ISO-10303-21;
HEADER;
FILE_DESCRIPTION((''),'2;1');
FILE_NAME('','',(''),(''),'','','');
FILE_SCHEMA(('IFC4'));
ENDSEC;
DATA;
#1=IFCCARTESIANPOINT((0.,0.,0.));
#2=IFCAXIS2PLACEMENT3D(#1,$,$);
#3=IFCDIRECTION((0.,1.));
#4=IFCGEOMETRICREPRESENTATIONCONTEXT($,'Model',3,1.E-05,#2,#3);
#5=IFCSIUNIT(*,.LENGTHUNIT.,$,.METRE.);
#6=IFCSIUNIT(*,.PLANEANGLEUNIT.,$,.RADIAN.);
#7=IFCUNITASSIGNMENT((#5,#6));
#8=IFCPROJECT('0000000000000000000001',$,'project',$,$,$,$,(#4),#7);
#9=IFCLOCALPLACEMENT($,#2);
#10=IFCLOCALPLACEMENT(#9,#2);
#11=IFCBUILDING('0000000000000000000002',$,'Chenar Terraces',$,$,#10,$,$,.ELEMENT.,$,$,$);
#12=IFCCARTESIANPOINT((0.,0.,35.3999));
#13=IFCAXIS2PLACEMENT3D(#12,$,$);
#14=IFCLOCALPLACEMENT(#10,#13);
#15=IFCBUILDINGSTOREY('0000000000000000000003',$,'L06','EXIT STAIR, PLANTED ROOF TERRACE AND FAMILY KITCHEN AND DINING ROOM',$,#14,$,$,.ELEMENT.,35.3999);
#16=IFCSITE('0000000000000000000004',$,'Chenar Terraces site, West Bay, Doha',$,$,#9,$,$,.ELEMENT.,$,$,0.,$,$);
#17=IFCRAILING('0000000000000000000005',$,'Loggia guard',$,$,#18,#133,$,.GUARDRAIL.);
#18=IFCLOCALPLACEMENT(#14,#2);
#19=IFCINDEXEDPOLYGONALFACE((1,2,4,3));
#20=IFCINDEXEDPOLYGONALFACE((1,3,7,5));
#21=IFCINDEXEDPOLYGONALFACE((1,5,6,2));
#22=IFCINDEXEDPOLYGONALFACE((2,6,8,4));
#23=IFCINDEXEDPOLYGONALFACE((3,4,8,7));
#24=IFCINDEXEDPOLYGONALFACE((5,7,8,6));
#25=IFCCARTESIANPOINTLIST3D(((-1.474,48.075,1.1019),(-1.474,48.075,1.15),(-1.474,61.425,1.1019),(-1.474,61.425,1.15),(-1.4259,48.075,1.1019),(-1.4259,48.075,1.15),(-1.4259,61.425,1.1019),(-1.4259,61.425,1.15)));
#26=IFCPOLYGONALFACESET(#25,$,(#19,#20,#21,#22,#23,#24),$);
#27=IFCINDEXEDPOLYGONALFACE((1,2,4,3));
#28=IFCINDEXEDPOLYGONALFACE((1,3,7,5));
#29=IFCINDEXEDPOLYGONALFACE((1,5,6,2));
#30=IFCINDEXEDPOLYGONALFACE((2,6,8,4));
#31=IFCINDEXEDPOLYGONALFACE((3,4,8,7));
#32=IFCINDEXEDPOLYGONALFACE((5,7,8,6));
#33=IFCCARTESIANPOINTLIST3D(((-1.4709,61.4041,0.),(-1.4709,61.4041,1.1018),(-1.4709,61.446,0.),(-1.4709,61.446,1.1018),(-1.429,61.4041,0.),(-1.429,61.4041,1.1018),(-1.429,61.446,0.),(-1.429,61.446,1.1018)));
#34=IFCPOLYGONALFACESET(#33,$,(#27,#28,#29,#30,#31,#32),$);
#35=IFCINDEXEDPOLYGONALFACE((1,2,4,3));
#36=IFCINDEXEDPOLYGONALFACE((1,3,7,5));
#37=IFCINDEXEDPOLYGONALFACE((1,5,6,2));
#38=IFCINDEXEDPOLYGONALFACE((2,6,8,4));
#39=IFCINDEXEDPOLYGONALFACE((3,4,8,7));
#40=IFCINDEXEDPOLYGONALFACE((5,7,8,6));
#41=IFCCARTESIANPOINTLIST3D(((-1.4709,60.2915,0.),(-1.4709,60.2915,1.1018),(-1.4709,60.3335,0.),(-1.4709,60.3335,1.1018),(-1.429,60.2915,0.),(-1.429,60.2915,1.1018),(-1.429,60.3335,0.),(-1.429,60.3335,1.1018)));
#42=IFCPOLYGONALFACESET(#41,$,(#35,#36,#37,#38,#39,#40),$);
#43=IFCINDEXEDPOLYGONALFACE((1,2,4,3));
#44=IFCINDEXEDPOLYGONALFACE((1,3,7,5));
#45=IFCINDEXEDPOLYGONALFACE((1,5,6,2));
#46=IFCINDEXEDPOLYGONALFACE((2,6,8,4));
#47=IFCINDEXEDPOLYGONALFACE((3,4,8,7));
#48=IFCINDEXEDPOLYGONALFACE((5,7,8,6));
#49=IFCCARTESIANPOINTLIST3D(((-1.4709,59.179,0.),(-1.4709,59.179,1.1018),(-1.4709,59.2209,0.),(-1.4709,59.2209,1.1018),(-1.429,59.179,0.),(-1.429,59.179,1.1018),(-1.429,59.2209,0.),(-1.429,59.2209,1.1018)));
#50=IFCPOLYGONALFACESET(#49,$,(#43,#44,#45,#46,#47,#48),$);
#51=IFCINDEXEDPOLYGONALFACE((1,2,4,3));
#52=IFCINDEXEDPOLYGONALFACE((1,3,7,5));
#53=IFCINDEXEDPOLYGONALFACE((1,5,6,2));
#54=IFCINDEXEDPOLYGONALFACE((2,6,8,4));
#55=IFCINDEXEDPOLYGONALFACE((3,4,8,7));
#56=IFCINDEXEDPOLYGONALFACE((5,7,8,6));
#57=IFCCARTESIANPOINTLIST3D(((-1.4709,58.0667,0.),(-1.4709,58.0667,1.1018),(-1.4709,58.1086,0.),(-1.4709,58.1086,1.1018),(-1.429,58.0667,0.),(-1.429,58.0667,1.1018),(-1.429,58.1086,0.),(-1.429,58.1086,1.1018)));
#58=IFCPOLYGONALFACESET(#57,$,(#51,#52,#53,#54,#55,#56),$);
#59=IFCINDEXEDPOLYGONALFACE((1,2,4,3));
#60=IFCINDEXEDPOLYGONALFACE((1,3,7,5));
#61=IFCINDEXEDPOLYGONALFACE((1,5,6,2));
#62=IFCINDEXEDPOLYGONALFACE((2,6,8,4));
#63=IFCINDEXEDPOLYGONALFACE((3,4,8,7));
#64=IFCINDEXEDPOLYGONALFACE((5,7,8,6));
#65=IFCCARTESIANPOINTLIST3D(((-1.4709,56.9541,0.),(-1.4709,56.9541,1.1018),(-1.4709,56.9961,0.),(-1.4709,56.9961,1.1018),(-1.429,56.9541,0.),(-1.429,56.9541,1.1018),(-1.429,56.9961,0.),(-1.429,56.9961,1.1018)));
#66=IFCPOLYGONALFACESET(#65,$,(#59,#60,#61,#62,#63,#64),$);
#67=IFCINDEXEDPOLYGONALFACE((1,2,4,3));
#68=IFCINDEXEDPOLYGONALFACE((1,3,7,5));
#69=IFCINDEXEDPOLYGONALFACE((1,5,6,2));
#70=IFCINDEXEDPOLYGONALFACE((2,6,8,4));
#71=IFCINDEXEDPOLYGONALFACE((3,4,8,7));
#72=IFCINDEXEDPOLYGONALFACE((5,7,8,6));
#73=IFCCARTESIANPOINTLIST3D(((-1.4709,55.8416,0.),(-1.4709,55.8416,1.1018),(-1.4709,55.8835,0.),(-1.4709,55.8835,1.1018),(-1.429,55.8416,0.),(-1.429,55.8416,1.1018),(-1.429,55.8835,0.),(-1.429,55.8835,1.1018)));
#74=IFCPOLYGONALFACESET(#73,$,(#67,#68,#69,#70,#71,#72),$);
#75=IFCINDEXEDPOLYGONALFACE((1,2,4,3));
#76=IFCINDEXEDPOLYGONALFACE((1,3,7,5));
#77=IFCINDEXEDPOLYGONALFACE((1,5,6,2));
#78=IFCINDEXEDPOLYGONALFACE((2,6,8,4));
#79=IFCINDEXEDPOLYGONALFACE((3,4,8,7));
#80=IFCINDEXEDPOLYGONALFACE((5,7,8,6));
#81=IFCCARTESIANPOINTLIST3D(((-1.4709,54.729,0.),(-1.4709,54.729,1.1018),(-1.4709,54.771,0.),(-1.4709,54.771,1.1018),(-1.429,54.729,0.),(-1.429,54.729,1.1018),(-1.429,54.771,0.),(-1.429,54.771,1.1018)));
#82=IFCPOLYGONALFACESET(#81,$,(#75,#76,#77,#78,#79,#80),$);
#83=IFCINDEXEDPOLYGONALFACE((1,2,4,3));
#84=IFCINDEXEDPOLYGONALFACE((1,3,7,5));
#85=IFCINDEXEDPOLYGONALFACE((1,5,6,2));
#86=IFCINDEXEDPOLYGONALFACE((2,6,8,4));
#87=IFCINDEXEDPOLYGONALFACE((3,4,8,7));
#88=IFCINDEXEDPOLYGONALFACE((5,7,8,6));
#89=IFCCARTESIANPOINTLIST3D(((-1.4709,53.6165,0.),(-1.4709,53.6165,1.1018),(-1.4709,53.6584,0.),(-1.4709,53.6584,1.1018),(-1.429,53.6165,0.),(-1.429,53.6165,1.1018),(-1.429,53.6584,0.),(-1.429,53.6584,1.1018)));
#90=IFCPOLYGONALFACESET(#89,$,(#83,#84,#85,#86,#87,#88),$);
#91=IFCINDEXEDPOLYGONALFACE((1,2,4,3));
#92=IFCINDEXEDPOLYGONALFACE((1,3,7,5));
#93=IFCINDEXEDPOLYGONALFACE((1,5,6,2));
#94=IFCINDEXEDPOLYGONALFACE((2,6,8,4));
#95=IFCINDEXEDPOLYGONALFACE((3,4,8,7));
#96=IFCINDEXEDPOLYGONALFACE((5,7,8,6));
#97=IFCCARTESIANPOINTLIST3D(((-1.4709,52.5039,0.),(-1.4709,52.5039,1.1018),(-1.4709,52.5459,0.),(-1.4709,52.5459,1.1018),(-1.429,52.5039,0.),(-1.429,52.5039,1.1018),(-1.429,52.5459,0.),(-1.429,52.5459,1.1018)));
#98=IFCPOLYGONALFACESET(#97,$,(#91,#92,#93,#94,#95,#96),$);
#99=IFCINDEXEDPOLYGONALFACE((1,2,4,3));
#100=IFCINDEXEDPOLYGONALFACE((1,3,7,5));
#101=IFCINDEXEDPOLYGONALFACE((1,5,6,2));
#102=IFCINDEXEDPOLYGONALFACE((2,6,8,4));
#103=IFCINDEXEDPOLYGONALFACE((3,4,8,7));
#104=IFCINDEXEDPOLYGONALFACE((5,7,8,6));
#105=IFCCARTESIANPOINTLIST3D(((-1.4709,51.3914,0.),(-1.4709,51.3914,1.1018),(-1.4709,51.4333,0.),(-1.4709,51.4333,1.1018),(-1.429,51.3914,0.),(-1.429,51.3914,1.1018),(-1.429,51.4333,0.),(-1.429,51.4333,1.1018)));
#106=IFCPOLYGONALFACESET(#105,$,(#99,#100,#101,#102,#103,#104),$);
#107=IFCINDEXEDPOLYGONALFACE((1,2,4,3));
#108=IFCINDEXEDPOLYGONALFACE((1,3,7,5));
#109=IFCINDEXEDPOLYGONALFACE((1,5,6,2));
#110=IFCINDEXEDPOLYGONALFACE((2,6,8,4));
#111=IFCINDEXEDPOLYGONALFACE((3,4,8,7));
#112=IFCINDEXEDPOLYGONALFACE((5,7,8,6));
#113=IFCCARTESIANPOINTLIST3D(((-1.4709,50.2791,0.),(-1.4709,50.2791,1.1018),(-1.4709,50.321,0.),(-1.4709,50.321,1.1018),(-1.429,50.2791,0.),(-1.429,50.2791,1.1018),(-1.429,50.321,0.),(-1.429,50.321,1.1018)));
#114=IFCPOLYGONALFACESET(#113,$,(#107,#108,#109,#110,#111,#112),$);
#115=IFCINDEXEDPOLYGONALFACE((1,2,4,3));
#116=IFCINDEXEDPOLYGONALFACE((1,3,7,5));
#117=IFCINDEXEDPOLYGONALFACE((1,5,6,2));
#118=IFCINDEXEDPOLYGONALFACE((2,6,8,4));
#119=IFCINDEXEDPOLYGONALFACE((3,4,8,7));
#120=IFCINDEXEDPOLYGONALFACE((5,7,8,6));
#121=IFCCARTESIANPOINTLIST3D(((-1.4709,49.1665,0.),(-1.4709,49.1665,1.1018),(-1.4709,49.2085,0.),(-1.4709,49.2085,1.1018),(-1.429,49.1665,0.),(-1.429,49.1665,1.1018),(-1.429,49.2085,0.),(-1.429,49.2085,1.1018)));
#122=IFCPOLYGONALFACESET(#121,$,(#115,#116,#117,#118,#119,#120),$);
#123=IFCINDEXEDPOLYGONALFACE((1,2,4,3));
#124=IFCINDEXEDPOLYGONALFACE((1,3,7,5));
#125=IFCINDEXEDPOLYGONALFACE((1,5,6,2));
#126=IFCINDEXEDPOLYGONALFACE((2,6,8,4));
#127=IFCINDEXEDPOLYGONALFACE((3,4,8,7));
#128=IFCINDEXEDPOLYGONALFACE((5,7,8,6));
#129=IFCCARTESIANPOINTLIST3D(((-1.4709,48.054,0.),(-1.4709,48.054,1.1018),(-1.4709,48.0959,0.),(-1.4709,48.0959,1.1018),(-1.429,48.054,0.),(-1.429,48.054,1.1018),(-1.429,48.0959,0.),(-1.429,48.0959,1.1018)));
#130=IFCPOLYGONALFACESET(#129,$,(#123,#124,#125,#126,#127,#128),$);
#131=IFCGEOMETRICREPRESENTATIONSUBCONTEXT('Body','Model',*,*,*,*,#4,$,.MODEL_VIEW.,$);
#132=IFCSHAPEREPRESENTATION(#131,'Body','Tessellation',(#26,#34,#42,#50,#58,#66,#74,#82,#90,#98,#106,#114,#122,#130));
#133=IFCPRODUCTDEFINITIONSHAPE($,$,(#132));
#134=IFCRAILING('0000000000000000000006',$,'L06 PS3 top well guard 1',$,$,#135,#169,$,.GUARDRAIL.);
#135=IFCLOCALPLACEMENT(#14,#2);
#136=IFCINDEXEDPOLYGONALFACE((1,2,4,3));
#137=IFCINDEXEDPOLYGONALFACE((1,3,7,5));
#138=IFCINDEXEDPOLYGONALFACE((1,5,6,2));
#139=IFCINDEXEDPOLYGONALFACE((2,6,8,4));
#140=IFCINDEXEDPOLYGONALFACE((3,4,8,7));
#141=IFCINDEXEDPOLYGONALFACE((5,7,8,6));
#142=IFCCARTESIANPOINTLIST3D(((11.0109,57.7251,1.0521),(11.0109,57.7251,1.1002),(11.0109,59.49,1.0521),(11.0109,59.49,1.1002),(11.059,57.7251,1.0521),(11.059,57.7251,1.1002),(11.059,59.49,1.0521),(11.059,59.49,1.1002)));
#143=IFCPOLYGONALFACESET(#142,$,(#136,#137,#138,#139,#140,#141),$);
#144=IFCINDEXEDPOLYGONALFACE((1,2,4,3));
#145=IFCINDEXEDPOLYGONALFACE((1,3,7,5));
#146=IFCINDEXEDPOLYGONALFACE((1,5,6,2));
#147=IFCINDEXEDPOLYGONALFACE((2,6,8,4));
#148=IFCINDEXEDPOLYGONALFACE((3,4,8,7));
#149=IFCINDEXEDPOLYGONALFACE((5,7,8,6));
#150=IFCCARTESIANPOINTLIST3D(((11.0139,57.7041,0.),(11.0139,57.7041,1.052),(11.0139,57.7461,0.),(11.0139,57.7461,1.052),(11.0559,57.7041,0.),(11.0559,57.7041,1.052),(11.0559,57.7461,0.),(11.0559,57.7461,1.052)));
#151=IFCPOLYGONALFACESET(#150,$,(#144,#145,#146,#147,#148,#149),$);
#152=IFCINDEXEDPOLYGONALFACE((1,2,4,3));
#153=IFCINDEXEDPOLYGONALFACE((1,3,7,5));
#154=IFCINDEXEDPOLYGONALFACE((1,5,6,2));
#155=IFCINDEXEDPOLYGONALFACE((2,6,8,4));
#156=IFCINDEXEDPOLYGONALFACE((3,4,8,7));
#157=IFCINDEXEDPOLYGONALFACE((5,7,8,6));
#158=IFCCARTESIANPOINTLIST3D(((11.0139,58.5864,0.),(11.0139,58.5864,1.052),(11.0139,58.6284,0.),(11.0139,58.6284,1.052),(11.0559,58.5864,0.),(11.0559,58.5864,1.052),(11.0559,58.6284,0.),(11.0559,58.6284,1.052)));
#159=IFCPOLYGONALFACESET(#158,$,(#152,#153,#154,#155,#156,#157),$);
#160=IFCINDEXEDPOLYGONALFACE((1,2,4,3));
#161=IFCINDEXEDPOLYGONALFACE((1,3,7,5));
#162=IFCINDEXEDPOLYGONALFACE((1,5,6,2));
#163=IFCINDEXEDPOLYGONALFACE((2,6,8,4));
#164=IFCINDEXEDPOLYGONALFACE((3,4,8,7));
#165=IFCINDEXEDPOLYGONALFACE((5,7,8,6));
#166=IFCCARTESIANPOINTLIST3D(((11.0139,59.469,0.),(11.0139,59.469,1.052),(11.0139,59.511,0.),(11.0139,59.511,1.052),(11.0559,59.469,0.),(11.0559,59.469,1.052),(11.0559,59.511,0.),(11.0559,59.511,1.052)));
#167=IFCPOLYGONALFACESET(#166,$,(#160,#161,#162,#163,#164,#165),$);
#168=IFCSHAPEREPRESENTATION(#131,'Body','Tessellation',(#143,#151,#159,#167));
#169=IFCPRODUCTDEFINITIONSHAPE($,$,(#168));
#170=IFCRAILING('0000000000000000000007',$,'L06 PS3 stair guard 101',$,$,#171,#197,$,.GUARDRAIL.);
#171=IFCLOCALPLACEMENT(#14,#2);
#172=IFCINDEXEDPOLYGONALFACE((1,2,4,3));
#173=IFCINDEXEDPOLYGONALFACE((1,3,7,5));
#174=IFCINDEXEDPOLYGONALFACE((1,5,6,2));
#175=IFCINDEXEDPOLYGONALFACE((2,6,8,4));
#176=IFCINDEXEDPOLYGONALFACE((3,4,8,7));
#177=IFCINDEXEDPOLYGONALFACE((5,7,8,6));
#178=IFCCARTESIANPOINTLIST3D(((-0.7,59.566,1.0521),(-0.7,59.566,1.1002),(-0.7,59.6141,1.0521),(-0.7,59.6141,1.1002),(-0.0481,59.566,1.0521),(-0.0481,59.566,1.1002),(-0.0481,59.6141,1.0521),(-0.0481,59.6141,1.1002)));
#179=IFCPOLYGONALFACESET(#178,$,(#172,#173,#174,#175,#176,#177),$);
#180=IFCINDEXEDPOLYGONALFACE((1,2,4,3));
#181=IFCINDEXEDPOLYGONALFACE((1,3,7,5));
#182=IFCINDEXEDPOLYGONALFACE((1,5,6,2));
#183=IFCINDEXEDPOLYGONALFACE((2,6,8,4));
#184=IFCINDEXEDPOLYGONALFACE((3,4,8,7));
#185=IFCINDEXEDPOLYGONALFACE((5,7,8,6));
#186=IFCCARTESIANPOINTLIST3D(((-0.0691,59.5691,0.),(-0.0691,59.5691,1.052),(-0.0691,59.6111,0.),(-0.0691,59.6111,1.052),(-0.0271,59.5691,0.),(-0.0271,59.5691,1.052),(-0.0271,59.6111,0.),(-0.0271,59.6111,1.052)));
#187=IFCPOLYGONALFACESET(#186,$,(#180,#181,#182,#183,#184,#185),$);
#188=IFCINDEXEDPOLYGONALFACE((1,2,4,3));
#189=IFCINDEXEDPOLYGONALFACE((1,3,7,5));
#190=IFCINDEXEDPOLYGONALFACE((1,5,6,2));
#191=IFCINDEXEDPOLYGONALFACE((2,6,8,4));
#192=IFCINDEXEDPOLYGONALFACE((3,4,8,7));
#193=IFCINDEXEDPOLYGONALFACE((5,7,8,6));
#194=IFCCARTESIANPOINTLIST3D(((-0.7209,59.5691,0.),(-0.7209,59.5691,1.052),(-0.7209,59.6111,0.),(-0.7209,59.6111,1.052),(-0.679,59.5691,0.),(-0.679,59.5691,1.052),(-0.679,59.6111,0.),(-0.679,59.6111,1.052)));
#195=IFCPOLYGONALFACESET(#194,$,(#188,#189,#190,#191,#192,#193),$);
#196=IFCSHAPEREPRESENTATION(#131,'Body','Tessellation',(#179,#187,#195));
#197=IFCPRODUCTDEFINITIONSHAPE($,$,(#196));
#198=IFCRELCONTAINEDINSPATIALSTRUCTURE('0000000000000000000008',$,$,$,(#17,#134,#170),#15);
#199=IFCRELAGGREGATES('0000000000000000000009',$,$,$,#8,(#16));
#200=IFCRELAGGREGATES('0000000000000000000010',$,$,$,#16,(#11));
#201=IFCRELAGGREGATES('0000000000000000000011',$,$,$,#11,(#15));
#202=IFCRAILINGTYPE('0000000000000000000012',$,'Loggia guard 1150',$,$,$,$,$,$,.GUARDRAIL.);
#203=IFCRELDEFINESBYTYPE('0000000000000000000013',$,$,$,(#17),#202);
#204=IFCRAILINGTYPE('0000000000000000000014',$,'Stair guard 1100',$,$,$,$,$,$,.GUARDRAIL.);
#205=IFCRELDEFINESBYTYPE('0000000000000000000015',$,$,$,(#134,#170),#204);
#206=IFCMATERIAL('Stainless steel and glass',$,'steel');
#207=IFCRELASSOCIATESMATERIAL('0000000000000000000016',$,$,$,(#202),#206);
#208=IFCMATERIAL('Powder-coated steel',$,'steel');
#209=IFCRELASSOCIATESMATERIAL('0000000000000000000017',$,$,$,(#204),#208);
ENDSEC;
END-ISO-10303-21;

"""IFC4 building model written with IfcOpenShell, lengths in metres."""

from ifc_helpers import new_model, si_unit, direction, frame, origin, origin_2d, place, context, subcontext, project, spatial, rectangle, extrude, material, type_object, element, save


model = new_model("IFC4")

# Units and contexts
model_context = context("Model", 3, precision=1e-05, world=origin(), true_north=direction((0.0, 1.0)))
body_context = subcontext(model_context, "Body", "Model", "MODEL_VIEW")
ifc_project = project(units=[si_unit("LENGTHUNIT", "METRE"), si_unit("PLANEANGLEUNIT", "RADIAN")], contexts=[model_context])

# Site, building, storey
site_placement = place(None, origin())
site = spatial("IfcSite", under=ifc_project, at=site_placement, Name="Chenar Terraces site, West Bay, Doha", CompositionType="ELEMENT", RefElevation=0.0)
building_placement = place(site_placement, origin())
building = spatial("IfcBuilding", under=site, at=building_placement, Name="Chenar Terraces", CompositionType="ELEMENT")
storey_placement = place(building_placement, frame((0.0, 0.0, 35.3999)))
storey = spatial("IfcBuildingStorey", under=building, at=storey_placement, Name="L06", Description="EXIT STAIR, PLANTED ROOF TERRACE AND FAMILY KITCHEN AND DINING ROOM", CompositionType="ELEMENT", Elevation=35.3999)

# Railings
ifc_material_1 = material(Name="Stainless steel and glass", Category="steel")
railing_type_1 = type_object("IfcRailingType", Name="Loggia guard 1150", PredefinedType="GUARDRAIL", material=ifc_material_1)
railing_1_placement = place(storey_placement, frame((-1.45, 61.425, 0.0)))
element("IfcRailing", 1, at=railing_1_placement, inside=storey, type_object=railing_type_1, Name="Loggia guard", PredefinedType="GUARDRAIL", context=body_context, shape_type="SweptSolid", body=[
    extrude(rectangle(XDim=0.0481, YDim=0.0481, at=origin_2d()), frame((0.0, 0.0, 1.126), z_axis=(0.0, -1.0, 0.0), x_axis=(1.0, 0.0, 0.0)), (0.0, 0.0, 1.0), 13.3501),
    extrude(rectangle(XDim=0.042, YDim=0.042, at=origin_2d()), origin(), (0.0, 0.0, 1.0), 1.1018),
    extrude(rectangle(XDim=0.042, YDim=0.042, at=origin_2d()), frame((0.0, -1.1125, 0.0)), (0.0, 0.0, 1.0), 1.1018),
    extrude(rectangle(XDim=0.042, YDim=0.042, at=origin_2d()), frame((0.0, -2.2251, 0.0)), (0.0, 0.0, 1.0), 1.1018),
    extrude(rectangle(XDim=0.042, YDim=0.042, at=origin_2d()), frame((0.0, -3.3374, 0.0)), (0.0, 0.0, 1.0), 1.1018),
    extrude(rectangle(XDim=0.042, YDim=0.042, at=origin_2d()), frame((0.0, -4.45, 0.0)), (0.0, 0.0, 1.0), 1.1018),
    extrude(rectangle(XDim=0.042, YDim=0.042, at=origin_2d()), frame((0.0, -5.5625, 0.0)), (0.0, 0.0, 1.0), 1.1018),
    extrude(rectangle(XDim=0.042, YDim=0.042, at=origin_2d()), frame((0.0, -6.675, 0.0)), (0.0, 0.0, 1.0), 1.1018),
    extrude(rectangle(XDim=0.042, YDim=0.042, at=origin_2d()), frame((0.0, -7.7876, 0.0)), (0.0, 0.0, 1.0), 1.1018),
    extrude(rectangle(XDim=0.042, YDim=0.042, at=origin_2d()), frame((0.0, -8.9001, 0.0)), (0.0, 0.0, 1.0), 1.1018),
    extrude(rectangle(XDim=0.042, YDim=0.042, at=origin_2d()), frame((0.0, -10.0127, 0.0)), (0.0, 0.0, 1.0), 1.1018),
    extrude(rectangle(XDim=0.042, YDim=0.042, at=origin_2d()), frame((0.0, -11.125, 0.0)), (0.0, 0.0, 1.0), 1.1018),
    extrude(rectangle(XDim=0.042, YDim=0.042, at=origin_2d()), frame((0.0, -12.2375, 0.0)), (0.0, 0.0, 1.0), 1.1018),
    extrude(rectangle(XDim=0.042, YDim=0.042, at=origin_2d()), frame((0.0, -13.3501, 0.0)), (0.0, 0.0, 1.0), 1.1018),
])
ifc_material_2 = material(Name="Powder-coated steel", Category="steel")
railing_type_2 = type_object("IfcRailingType", Name="Stair guard 1100", PredefinedType="GUARDRAIL", material=ifc_material_2)
railing_2_placement = place(storey_placement, frame((11.0349, 57.7251, 0.0)))
element("IfcRailing", 2, at=railing_2_placement, inside=storey, type_object=railing_type_2, Name="L06 PS3 top well guard 1", PredefinedType="GUARDRAIL", context=body_context, shape_type="SweptSolid", body=[
    extrude(rectangle(XDim=0.0481, YDim=0.0481, at=origin_2d()), frame((0.0, 0.0, 1.0762), z_axis=(0.0, 1.0, 0.0), x_axis=(-1.0, 0.0, 0.0)), (0.0, 0.0, 1.0), 1.7649),
    extrude(rectangle(XDim=0.042, YDim=0.042, at=origin_2d()), origin(), (0.0, 0.0, 1.0), 1.052),
    extrude(rectangle(XDim=0.042, YDim=0.042, at=origin_2d()), frame((0.0, 0.8823, 0.0)), (0.0, 0.0, 1.0), 1.052),
    extrude(rectangle(XDim=0.042, YDim=0.042, at=origin_2d()), frame((0.0, 1.7649, 0.0)), (0.0, 0.0, 1.0), 1.052),
])
railing_3_placement = place(storey_placement, frame((-0.0481, 59.5901, 0.0)))
element("IfcRailing", 3, at=railing_3_placement, inside=storey, type_object=railing_type_2, Name="L06 PS3 stair guard 101", PredefinedType="GUARDRAIL", context=body_context, shape_type="SweptSolid", body=[
    extrude(rectangle(XDim=0.0481, YDim=0.0481, at=origin_2d()), frame((0.0, 0.0, 1.0762), z_axis=(-1.0, 0.0, 0.0), x_axis=(0.0, -1.0, 0.0)), (0.0, 0.0, 1.0), 0.6519),
    extrude(rectangle(XDim=0.042, YDim=0.042, at=origin_2d()), origin(), (0.0, 0.0, 1.0), 1.052),
    extrude(rectangle(XDim=0.042, YDim=0.042, at=origin_2d()), frame((-0.6519, 0.0, 0.0)), (0.0, 0.0, 1.0), 1.052),
])

save(model, "model.ifc")
